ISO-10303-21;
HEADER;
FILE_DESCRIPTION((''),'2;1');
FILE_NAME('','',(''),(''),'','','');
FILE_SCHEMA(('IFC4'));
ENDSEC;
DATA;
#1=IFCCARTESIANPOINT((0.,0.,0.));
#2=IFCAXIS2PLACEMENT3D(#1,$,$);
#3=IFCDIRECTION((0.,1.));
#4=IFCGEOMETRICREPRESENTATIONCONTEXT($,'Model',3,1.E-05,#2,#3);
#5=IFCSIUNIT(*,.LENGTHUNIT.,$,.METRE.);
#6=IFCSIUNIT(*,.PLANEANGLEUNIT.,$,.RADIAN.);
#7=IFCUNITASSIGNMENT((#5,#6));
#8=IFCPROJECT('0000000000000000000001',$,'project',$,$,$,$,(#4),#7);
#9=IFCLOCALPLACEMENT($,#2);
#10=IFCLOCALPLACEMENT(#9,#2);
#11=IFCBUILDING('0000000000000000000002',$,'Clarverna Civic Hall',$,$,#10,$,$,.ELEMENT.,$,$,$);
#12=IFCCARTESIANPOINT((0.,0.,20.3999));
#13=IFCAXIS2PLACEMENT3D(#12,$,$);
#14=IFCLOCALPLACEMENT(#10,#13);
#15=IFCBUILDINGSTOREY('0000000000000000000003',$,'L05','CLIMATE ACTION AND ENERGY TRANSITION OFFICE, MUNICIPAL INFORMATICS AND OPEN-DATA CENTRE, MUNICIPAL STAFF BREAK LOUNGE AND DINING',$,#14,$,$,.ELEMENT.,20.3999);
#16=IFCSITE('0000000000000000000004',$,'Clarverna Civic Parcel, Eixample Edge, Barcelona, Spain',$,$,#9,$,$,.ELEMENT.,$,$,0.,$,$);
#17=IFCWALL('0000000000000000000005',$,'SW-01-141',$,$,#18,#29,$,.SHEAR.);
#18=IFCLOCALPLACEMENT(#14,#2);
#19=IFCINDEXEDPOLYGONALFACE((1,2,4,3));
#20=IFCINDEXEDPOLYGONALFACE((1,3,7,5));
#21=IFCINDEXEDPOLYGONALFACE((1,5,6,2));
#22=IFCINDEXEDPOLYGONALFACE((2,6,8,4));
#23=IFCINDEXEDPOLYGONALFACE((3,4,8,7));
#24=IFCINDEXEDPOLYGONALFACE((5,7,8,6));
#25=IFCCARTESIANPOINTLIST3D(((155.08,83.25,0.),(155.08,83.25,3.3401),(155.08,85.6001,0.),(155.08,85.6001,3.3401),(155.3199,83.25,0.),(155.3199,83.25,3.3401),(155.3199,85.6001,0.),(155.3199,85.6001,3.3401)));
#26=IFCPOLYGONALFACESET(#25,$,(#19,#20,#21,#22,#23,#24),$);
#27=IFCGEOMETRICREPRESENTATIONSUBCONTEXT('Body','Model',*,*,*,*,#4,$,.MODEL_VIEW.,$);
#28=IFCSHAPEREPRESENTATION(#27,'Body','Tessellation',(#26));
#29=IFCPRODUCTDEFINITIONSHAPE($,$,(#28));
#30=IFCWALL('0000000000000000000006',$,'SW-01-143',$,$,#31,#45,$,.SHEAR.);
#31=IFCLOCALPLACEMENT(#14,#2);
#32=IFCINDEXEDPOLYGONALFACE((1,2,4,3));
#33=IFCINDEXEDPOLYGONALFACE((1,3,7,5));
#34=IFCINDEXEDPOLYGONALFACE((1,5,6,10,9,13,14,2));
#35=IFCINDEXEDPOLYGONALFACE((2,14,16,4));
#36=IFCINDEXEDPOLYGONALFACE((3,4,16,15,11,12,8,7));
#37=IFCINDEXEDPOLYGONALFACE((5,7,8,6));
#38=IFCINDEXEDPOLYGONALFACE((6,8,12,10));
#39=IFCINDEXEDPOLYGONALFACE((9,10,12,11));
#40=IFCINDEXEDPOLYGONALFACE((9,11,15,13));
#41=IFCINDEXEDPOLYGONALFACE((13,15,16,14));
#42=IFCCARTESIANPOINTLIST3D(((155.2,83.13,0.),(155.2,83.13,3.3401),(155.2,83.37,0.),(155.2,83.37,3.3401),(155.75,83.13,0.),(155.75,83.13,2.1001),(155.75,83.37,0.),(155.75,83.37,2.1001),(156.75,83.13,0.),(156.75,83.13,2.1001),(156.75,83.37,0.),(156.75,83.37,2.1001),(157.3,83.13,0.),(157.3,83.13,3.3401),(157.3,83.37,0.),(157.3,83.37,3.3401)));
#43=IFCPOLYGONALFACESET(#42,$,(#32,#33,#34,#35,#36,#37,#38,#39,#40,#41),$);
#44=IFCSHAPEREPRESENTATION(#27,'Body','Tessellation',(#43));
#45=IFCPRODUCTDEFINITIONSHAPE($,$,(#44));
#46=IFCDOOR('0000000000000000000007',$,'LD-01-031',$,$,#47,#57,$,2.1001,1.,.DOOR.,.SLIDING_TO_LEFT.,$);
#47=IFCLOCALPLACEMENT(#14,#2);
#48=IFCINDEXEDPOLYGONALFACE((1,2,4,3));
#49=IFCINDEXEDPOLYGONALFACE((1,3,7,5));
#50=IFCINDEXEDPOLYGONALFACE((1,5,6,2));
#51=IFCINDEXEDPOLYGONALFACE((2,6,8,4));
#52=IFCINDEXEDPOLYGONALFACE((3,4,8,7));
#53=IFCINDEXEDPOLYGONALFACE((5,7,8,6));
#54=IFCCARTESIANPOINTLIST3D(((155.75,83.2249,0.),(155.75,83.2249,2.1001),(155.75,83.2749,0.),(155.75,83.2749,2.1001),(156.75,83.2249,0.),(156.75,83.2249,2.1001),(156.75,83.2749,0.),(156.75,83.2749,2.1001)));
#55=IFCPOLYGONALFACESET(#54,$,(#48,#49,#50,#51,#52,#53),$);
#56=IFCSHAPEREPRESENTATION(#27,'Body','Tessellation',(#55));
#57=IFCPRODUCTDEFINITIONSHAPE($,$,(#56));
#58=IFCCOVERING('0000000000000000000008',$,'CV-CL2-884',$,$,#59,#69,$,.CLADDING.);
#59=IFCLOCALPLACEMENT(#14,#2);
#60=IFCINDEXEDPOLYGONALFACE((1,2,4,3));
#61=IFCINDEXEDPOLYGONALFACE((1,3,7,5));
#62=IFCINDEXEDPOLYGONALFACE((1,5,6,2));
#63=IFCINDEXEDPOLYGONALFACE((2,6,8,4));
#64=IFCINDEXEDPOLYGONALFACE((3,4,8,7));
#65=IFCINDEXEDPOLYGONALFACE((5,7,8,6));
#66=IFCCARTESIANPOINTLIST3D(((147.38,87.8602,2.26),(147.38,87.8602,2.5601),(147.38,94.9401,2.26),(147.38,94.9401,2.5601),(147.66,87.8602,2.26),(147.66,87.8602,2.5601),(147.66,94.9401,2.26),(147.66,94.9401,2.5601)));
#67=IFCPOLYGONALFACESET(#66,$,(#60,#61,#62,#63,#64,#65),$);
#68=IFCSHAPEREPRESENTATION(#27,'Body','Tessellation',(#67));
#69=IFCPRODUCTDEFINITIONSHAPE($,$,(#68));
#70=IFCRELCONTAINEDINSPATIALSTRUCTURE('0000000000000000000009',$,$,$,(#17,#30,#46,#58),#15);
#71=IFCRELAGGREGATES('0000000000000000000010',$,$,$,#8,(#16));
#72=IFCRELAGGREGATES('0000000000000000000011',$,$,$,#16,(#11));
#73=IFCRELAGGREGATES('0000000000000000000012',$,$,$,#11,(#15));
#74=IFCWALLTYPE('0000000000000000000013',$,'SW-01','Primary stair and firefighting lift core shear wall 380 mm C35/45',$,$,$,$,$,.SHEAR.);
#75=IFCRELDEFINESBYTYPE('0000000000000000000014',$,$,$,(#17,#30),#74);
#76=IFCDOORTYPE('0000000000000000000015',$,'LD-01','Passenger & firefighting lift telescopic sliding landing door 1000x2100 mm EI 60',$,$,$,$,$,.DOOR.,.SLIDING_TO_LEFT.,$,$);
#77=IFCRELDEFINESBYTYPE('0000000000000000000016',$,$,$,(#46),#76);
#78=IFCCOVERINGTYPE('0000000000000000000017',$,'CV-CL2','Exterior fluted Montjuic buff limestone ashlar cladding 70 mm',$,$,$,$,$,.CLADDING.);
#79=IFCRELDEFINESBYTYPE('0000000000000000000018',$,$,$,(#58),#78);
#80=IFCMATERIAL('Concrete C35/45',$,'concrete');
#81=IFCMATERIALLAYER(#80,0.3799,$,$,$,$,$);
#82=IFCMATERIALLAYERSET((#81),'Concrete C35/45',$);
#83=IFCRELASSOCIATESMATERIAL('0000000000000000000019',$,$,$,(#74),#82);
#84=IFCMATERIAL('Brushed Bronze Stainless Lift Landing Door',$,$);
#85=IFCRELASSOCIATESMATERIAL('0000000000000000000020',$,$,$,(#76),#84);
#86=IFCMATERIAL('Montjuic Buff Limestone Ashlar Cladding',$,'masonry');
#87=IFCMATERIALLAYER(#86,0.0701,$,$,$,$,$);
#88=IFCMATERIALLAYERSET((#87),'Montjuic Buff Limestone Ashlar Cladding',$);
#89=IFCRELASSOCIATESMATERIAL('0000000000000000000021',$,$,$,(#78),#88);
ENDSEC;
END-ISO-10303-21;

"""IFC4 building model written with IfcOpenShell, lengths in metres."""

from ifc_helpers import new_model, si_unit, direction, frame, frame_2d, origin, place, context, subcontext, project, spatial, rectangle, extrude, material, layer, layer_set, type_object, element, fill, save


model = new_model("IFC4")

# Units and contexts
model_context = context("Model", 3, precision=1e-05, world=origin(), true_north=direction((0.0, 1.0)))
body_context = subcontext(model_context, "Body", "Model", "MODEL_VIEW")
ifc_project = project(units=[si_unit("LENGTHUNIT", "METRE"), si_unit("PLANEANGLEUNIT", "RADIAN")], contexts=[model_context])

# Site, building, storey
site_placement = place(None, origin())
site = spatial("IfcSite", under=ifc_project, at=site_placement, Name="Clarverna Civic Parcel, Eixample Edge, Barcelona, Spain", CompositionType="ELEMENT", RefElevation=0.0)
building_placement = place(site_placement, origin())
building = spatial("IfcBuilding", under=site, at=building_placement, Name="Clarverna Civic Hall", CompositionType="ELEMENT")
storey_placement = place(building_placement, frame((0.0, 0.0, 20.3999)))
storey = spatial("IfcBuildingStorey", under=building, at=storey_placement, Name="L05", Description="CLIMATE ACTION AND ENERGY TRANSITION OFFICE, MUNICIPAL INFORMATICS AND OPEN-DATA CENTRE, MUNICIPAL STAFF BREAK LOUNGE AND DINING", CompositionType="ELEMENT", Elevation=20.3999)

# Shared definitions
ifc_material_1 = material(Name="Concrete C35/45", Category="concrete")

# Wall
ifc_layer_1 = layer(ifc_material_1, 0.3799)
ifc_layer_set_1 = layer_set([ifc_layer_1], Name="Concrete C35/45")
wall_type_1 = type_object("IfcWallType", Name="SW-01", Description="Primary stair and firefighting lift core shear wall 380 mm C35/45", PredefinedType="SHEAR", material=ifc_layer_set_1)
wall_1_placement = place(storey_placement, frame((155.2, 83.25, 0.0), z_axis=(0.0, 0.0, 1.0), x_axis=(0.0, 1.0, 0.0)))
element("IfcWall", 1, at=wall_1_placement, inside=storey, type_object=wall_type_1, Name="SW-01-141", PredefinedType="SHEAR", context=body_context, shape_type="SweptSolid", body=[
    extrude(rectangle(XDim=2.3501, YDim=0.24, at=frame_2d((1.175, 0.0))), origin(), (0.0, 0.0, 1.0), 3.3401),
])

# Wall, opening, door
wall_2_placement = place(storey_placement, frame((155.2, 83.25, 0.0), z_axis=(0.0, 0.0, 1.0), x_axis=(1.0, 0.0, 0.0)))
wall_2 = element("IfcWall", 2, at=wall_2_placement, inside=storey, type_object=wall_type_1, Name="SW-01-143", PredefinedType="SHEAR", context=body_context, shape_type="SweptSolid", body=[
    extrude(rectangle(XDim=2.1001, YDim=0.24, at=frame_2d((1.05, 0.0))), origin(), (0.0, 0.0, 1.0), 3.3401),
])
opening_1_placement = place(wall_2_placement, frame((0.55, 0.0, 0.0)))
opening_1 = element("IfcOpeningElement", 3, at=opening_1_placement, cuts=wall_2, PredefinedType="OPENING", context=body_context, shape_type="SweptSolid", body=[
    extrude(rectangle(XDim=1.0, YDim=2.1001, at=frame_2d((0.5, 1.05))), frame((0.0, 0.1299, 0.0), z_axis=(0.0, -1.0, 0.0), x_axis=(1.0, 0.0, 0.0)), (0.0, 0.0, 1.0), 0.26),
])
ifc_material_2 = material(Name="Brushed Bronze Stainless Lift Landing Door")
door_type_1 = type_object("IfcDoorType", Name="LD-01", Description="Passenger & firefighting lift telescopic sliding landing door 1000x2100 mm EI 60", OperationType="SLIDING_TO_LEFT", PredefinedType="DOOR", material=ifc_material_2)
door_1_placement = place(opening_1_placement, origin())
door_1 = element("IfcDoor", 4, at=door_1_placement, inside=storey, type_object=door_type_1, Name="LD-01-031", OperationType="SLIDING_TO_LEFT", OverallHeight=2.1001, OverallWidth=1.0, PredefinedType="DOOR", context=body_context, shape_type="SweptSolid", body=[
    extrude(rectangle(XDim=1.0, YDim=2.1001, at=frame_2d((0.5, 1.05))), frame((0.0, 0.0249, 0.0), z_axis=(0.0, -1.0, 0.0), x_axis=(1.0, 0.0, 0.0)), (0.0, 0.0, 1.0), 0.05),
])
fill(opening_1, door_1)

# Covering
ifc_material_3 = material(Name="Montjuic Buff Limestone Ashlar Cladding", Category="masonry")
ifc_layer_2 = layer(ifc_material_3, 0.0701)
ifc_layer_set_2 = layer_set([ifc_layer_2], Name="Montjuic Buff Limestone Ashlar Cladding")
covering_type = type_object("IfcCoveringType", Name="CV-CL2", Description="Exterior fluted Montjuic buff limestone ashlar cladding 70 mm", PredefinedType="CLADDING", material=ifc_layer_set_2)
covering_placement = place(storey_placement, frame((147.52, 87.8601, 2.26), z_axis=(0.0, 0.0, 1.0), x_axis=(0.0, 1.0, 0.0)))
element("IfcCovering", 5, at=covering_placement, inside=storey, type_object=covering_type, Name="CV-CL2-884", PredefinedType="CLADDING", context=body_context, shape_type="SweptSolid", body=[
    extrude(rectangle(XDim=7.0798, YDim=0.28, at=frame_2d((3.54, 0.0))), origin(), (0.0, 0.0, 1.0), 0.3),
])

save(model, "model.ifc")
